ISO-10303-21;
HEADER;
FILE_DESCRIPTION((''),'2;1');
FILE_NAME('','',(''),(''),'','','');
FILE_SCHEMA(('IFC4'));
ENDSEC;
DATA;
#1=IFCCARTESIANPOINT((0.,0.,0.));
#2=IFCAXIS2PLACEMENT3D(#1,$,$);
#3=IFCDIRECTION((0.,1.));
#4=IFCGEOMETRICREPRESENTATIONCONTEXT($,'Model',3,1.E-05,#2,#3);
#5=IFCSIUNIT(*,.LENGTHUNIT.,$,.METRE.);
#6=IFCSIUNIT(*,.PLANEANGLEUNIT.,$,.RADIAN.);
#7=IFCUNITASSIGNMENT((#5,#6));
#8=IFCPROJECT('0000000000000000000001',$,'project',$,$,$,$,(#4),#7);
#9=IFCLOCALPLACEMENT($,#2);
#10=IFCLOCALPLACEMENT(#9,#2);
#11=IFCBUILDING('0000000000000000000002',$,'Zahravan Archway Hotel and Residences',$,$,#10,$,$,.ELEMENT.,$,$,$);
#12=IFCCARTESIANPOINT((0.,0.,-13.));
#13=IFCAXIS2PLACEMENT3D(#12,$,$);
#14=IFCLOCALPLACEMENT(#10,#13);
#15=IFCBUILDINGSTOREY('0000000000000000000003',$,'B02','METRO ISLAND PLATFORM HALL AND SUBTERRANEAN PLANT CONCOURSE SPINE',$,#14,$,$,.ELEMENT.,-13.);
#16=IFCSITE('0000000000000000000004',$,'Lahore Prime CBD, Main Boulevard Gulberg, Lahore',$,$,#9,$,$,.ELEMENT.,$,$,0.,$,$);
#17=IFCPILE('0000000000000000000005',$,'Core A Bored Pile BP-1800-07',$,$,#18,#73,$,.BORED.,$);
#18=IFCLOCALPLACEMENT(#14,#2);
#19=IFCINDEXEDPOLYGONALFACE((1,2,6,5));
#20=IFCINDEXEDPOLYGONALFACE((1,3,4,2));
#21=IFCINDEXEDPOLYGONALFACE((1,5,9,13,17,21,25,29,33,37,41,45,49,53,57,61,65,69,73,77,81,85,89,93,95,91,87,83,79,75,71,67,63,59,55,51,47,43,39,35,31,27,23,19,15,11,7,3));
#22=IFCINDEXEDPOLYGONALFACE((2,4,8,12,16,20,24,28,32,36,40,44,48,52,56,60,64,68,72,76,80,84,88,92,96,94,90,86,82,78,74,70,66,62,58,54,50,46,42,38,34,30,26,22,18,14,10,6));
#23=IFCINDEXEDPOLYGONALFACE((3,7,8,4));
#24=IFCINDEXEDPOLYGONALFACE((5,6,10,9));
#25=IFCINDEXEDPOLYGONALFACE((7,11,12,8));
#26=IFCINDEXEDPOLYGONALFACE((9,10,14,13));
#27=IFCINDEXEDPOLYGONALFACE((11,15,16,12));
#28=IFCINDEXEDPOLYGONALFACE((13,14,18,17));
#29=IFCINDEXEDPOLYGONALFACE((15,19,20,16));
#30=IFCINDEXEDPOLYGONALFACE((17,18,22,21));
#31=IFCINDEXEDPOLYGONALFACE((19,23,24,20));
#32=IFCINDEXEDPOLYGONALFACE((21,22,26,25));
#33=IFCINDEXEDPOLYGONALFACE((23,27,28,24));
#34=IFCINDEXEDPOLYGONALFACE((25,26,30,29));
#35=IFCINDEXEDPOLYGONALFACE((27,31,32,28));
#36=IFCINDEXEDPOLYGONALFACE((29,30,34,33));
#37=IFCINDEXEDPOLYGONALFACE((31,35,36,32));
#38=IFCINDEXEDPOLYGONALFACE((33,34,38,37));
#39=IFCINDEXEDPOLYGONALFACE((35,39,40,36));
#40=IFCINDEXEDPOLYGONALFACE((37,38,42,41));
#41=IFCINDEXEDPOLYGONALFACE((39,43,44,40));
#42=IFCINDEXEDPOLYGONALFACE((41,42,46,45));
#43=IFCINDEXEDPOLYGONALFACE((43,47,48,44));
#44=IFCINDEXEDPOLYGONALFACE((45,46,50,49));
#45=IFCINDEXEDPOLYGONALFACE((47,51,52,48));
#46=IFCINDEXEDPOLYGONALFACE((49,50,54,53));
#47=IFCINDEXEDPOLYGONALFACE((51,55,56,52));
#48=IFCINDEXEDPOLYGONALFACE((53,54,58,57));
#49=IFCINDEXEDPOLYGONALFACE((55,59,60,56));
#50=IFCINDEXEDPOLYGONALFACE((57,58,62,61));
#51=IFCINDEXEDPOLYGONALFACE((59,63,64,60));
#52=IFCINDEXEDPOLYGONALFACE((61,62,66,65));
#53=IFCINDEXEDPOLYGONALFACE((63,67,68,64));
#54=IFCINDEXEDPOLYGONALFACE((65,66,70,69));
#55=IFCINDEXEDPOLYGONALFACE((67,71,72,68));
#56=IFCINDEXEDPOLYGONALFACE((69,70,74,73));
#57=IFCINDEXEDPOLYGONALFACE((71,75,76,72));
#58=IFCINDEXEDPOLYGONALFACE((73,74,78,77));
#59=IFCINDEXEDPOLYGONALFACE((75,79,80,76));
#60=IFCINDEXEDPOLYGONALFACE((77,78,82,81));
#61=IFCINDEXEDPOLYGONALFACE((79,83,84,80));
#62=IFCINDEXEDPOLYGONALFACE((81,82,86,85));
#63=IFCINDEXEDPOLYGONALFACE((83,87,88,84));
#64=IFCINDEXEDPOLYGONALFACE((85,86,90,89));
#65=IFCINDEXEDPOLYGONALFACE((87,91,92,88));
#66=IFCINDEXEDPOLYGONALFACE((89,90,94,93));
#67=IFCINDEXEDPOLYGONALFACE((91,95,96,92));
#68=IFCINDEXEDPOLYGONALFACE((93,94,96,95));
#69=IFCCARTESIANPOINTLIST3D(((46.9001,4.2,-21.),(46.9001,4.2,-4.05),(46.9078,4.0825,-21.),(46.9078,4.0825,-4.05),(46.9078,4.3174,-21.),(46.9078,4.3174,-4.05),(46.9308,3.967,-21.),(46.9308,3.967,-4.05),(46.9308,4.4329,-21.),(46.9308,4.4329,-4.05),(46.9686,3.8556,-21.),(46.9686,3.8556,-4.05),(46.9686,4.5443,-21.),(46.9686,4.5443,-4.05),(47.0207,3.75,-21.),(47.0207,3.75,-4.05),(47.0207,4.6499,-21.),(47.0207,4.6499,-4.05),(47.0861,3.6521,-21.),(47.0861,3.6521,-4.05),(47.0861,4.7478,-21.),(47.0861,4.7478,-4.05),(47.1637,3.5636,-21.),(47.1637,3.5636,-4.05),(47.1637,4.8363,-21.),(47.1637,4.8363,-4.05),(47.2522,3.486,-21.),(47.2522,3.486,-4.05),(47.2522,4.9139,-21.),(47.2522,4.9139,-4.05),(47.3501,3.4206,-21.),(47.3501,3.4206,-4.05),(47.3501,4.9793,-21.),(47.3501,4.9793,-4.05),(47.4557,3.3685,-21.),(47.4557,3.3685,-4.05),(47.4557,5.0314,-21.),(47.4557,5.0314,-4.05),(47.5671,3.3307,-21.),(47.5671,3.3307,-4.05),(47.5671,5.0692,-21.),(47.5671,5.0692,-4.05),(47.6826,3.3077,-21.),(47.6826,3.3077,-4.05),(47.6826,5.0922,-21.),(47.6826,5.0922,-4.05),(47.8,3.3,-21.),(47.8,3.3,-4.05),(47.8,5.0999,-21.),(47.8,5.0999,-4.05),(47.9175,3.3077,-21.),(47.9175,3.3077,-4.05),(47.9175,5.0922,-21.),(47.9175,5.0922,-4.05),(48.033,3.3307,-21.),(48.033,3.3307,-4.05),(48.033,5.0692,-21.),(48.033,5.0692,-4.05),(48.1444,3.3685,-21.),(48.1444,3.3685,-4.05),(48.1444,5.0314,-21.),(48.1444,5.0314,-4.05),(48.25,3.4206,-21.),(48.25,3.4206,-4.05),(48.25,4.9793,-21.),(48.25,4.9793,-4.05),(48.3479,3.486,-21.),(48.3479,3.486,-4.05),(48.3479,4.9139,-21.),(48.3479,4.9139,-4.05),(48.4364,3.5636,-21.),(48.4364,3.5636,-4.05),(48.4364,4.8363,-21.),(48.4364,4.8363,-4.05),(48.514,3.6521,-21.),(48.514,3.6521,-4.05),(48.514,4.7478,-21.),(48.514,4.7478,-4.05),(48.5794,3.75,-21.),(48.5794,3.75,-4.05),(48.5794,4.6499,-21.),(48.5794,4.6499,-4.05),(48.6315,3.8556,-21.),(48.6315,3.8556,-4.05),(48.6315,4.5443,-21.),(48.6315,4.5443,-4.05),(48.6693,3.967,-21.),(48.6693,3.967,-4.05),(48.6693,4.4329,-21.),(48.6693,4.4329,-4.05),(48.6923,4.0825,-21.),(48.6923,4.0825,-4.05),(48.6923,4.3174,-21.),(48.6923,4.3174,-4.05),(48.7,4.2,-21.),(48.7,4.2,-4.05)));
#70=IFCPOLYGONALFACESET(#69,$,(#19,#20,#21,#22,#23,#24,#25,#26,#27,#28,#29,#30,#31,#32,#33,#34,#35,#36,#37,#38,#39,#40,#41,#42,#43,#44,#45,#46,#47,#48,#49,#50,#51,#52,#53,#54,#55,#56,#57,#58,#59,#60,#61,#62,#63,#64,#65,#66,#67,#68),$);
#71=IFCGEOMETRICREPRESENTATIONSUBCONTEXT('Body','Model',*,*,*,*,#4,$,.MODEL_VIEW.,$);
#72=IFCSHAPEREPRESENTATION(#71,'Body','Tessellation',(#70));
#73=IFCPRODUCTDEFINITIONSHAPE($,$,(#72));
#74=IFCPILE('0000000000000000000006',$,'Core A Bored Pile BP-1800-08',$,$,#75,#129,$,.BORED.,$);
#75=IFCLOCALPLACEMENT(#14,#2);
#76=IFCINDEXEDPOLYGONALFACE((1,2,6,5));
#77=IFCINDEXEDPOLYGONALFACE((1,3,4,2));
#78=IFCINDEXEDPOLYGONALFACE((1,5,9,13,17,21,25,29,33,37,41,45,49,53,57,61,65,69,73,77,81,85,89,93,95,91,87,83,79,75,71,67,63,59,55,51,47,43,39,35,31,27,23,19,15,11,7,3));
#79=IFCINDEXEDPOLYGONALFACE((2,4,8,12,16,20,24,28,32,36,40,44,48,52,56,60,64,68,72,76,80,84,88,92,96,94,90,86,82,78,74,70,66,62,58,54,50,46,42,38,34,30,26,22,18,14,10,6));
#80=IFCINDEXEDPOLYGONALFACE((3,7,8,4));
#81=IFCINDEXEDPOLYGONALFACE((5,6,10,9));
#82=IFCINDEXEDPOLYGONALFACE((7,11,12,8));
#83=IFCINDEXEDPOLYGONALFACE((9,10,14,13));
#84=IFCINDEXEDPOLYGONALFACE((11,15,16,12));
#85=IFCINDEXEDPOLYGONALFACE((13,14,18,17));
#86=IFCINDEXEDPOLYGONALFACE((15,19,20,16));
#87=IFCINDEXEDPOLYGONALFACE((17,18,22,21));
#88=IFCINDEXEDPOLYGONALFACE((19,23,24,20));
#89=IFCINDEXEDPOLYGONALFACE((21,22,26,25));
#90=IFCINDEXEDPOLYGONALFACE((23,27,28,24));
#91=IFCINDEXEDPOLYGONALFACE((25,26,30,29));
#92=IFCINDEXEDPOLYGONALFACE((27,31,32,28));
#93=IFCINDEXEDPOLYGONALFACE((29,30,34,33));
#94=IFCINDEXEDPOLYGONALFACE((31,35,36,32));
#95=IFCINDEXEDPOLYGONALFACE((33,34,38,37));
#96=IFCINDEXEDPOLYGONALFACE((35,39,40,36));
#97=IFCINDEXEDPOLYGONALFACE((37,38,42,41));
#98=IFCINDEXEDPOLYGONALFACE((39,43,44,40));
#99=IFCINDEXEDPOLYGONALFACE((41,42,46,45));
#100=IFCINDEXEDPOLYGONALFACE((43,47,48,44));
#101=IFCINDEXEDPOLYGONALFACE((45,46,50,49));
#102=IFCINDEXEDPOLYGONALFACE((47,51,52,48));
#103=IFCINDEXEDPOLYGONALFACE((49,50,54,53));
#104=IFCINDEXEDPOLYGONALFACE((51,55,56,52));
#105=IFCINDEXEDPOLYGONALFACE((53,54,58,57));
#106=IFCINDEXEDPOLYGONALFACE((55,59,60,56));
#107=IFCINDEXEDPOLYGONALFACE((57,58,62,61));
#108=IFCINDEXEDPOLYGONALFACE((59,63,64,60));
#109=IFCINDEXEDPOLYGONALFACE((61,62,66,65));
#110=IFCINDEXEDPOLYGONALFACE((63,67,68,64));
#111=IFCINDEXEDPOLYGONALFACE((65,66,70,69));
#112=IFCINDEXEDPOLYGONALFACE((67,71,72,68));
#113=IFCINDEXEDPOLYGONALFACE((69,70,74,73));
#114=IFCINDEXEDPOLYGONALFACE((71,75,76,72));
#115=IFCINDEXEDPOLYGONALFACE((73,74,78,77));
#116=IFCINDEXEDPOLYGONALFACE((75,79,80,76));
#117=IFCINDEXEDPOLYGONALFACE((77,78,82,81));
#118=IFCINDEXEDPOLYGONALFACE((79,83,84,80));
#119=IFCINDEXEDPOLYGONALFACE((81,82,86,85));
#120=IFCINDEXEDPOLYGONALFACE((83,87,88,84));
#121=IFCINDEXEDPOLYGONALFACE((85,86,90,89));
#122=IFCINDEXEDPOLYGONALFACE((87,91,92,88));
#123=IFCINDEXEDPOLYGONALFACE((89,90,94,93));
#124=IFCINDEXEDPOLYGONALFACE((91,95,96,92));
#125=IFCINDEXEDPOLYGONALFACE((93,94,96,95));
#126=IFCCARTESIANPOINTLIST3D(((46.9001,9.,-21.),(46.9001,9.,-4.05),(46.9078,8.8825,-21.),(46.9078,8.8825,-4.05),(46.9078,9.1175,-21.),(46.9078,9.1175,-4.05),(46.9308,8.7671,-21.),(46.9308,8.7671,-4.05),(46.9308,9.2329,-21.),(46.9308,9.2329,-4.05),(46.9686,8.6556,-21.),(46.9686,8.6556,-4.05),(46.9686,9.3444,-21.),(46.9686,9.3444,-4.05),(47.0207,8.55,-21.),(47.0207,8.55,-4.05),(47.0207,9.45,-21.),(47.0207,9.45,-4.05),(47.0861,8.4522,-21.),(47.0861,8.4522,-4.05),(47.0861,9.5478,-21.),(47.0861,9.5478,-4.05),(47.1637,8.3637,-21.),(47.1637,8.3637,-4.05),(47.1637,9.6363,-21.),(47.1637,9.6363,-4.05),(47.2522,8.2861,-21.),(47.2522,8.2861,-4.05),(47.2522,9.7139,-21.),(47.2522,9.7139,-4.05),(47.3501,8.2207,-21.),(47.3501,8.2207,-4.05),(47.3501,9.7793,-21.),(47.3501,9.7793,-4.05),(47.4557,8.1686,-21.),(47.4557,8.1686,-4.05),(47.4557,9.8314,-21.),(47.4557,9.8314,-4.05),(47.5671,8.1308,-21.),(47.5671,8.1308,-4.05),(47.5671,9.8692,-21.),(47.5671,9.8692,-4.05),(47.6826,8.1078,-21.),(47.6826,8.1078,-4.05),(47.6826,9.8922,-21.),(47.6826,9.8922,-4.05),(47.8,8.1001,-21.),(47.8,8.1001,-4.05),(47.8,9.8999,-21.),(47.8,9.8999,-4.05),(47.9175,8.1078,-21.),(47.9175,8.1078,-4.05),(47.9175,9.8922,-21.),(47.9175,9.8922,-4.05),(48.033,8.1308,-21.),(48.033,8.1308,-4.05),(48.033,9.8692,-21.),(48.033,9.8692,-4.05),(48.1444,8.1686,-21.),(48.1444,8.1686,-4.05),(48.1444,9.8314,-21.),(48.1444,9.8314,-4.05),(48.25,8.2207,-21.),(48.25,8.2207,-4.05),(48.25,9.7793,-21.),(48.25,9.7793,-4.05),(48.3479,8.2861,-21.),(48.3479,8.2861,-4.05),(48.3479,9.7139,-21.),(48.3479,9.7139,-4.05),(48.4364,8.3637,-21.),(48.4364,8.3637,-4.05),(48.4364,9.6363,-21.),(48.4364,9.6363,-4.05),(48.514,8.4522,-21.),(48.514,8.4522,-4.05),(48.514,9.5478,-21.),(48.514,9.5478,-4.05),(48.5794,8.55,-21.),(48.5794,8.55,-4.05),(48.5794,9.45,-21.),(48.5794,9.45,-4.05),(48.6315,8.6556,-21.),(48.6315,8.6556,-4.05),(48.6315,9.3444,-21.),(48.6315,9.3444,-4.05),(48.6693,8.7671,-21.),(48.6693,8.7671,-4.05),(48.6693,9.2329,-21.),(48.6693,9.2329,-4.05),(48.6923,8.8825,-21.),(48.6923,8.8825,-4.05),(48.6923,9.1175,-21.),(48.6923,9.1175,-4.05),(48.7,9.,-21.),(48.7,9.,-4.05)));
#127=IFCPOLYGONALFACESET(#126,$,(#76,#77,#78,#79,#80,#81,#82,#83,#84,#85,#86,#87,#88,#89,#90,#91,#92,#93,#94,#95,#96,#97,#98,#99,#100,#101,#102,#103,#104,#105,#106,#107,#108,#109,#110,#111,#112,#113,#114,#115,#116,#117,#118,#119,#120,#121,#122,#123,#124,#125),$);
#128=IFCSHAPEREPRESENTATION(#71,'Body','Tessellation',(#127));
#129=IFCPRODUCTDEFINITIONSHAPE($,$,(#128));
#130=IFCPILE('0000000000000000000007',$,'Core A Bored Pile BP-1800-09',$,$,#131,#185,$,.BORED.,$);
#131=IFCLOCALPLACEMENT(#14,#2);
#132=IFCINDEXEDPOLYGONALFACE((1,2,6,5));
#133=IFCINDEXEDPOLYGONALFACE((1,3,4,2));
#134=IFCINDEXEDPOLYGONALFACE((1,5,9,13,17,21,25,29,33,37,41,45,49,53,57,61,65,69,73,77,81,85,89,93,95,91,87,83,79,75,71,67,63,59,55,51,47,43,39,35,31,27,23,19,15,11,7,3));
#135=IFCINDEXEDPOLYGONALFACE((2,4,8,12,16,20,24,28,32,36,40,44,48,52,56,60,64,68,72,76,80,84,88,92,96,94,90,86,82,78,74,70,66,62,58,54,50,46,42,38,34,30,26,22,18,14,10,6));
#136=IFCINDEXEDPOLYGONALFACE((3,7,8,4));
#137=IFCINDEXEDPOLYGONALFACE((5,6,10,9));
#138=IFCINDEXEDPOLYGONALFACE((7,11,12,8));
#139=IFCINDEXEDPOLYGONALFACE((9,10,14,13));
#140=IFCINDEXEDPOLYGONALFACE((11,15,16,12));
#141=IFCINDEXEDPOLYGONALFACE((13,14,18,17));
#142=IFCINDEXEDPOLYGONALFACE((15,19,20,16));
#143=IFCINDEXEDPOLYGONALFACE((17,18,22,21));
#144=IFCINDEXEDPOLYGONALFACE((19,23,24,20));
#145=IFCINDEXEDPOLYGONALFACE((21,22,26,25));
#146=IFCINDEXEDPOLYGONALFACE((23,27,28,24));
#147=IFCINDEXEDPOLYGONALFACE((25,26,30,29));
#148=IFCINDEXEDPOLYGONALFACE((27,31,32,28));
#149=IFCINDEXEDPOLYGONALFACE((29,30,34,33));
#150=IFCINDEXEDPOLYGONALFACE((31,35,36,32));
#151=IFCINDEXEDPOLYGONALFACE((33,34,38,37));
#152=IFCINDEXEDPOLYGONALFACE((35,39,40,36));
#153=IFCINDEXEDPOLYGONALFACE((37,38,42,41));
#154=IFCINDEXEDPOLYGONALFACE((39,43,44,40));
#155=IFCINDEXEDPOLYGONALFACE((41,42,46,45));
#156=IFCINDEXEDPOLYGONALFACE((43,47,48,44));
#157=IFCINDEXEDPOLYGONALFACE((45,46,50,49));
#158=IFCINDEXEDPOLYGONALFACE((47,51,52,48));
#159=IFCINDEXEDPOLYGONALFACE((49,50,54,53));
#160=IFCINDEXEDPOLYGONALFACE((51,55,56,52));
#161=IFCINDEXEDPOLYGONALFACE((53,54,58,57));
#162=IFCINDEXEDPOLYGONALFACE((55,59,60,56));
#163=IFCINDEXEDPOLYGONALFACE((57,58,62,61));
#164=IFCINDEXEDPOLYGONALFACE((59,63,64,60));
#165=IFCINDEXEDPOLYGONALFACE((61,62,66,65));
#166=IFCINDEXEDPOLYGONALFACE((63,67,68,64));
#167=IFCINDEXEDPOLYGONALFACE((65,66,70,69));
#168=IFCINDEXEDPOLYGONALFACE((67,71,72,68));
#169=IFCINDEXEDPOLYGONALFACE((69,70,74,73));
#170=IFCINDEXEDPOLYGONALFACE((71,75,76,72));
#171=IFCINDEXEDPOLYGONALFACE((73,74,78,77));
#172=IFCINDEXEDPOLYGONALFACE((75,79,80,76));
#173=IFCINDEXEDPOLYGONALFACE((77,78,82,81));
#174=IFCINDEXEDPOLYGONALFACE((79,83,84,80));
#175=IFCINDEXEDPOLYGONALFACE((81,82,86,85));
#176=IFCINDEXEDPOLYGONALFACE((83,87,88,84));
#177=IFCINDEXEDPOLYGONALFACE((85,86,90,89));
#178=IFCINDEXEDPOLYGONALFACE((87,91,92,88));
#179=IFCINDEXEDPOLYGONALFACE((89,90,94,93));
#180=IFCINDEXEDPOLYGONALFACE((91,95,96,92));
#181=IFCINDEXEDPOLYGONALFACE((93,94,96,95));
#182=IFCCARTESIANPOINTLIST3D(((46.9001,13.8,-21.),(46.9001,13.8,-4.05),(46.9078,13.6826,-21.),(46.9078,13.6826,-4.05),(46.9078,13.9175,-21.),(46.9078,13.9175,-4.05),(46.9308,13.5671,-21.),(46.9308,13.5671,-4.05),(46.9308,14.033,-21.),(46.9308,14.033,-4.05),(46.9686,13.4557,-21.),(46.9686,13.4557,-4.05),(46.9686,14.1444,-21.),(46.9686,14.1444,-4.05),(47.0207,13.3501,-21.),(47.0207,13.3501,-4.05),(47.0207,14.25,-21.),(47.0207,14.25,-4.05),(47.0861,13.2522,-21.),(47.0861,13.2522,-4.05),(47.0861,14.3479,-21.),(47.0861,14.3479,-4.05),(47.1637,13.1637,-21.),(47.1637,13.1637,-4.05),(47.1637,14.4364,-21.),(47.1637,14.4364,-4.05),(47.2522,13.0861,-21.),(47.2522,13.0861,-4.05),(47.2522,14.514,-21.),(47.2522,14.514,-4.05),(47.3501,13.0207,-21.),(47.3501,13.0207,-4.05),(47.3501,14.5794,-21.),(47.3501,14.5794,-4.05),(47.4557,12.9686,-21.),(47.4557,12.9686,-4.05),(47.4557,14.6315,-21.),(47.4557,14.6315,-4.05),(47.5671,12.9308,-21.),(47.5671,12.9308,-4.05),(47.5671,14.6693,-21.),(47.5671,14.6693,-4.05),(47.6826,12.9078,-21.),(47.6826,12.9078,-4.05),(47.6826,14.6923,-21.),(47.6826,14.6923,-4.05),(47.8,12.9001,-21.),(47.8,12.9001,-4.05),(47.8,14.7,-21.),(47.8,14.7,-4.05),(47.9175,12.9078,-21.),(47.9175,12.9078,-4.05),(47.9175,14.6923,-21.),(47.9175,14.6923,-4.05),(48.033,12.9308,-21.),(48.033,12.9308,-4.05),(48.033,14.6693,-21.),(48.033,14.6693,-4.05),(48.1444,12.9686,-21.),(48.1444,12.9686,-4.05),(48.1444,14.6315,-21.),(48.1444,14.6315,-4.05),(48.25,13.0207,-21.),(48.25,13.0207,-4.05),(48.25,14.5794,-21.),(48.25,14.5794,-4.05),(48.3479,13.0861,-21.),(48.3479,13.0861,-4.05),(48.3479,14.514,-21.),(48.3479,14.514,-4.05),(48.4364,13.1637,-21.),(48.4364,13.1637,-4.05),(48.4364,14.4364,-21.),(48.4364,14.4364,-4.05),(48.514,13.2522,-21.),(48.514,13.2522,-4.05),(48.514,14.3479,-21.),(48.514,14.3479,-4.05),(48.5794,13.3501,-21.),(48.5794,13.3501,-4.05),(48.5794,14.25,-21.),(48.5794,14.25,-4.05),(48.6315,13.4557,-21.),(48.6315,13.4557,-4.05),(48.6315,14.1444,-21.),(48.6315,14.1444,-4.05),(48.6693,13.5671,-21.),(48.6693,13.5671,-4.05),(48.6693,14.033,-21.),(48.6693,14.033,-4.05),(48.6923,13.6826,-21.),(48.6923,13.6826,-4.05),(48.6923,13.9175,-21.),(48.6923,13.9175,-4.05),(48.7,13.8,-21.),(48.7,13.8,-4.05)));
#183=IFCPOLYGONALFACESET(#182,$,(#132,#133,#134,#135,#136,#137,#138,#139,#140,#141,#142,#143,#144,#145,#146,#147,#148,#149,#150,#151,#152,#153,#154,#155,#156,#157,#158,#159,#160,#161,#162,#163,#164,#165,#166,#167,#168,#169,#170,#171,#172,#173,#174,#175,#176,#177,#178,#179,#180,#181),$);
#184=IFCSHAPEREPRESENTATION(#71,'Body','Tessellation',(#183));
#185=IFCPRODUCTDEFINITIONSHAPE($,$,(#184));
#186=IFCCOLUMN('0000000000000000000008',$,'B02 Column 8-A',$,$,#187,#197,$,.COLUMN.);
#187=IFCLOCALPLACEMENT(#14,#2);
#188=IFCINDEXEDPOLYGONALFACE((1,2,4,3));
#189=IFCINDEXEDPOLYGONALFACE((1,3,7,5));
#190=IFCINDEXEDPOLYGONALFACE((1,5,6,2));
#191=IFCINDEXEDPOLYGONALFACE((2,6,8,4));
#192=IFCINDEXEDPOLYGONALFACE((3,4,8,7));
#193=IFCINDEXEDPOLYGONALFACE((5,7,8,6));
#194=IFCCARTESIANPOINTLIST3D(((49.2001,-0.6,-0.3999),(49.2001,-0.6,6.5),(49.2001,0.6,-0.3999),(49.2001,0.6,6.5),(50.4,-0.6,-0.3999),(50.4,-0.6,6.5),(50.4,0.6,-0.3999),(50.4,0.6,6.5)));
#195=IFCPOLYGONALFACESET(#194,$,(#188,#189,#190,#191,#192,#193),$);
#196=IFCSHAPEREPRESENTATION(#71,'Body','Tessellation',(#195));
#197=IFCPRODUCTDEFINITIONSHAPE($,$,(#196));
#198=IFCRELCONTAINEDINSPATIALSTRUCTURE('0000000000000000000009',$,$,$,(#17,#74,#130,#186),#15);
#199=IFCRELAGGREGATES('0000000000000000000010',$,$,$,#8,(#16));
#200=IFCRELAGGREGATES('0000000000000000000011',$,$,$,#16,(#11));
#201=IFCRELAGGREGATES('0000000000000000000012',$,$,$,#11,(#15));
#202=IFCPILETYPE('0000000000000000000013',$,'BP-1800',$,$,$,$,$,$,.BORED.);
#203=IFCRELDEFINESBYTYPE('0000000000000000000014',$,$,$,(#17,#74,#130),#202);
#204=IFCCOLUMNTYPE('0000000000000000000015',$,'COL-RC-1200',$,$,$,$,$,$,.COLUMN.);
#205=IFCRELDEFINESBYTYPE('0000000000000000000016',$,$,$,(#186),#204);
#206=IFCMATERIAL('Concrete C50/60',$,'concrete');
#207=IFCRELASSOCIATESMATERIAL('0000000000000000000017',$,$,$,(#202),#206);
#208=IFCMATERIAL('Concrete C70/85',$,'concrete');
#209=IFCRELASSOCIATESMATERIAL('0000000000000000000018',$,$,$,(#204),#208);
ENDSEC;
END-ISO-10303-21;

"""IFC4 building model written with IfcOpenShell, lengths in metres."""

from ifc_helpers import new_model, si_unit, direction, frame, origin, origin_2d, place, context, subcontext, project, spatial, rectangle, circle, extrude, source, transform, mapped, material, material_profile, profile_set, type_object, type_shapes, element, save


model = new_model("IFC4")

# Units and contexts
model_context = context("Model", 3, precision=1e-05, world=origin(), true_north=direction((0.0, 1.0)))
body_context = subcontext(model_context, "Body", "Model", "MODEL_VIEW")
ifc_project = project(units=[si_unit("LENGTHUNIT", "METRE"), si_unit("PLANEANGLEUNIT", "RADIAN")], contexts=[model_context])

# Site, building, storey
site_placement = place(None, origin())
site = spatial("IfcSite", under=ifc_project, at=site_placement, Name="Lahore Prime CBD, Main Boulevard Gulberg, Lahore", CompositionType="ELEMENT", RefElevation=0.0)
building_placement = place(site_placement, origin())
building = spatial("IfcBuilding", under=site, at=building_placement, Name="Zahravan Archway Hotel and Residences", CompositionType="ELEMENT")
storey_placement = place(building_placement, frame((0.0, 0.0, -13.0)))
storey = spatial("IfcBuildingStorey", under=building, at=storey_placement, Name="B02", Description="METRO ISLAND PLATFORM HALL AND SUBTERRANEAN PLANT CONCOURSE SPINE", CompositionType="ELEMENT", Elevation=-13.0)

# Piles
ifc_material_1 = material(Name="Concrete C50/60", Category="concrete")
ifc_material_profile_1 = material_profile(ifc_material_1, circle(Radius=0.8999, at=origin_2d()), Name="PILE D1800", Category="concrete")
ifc_profile_set_1 = profile_set([ifc_material_profile_1], Name="Concrete C50/60")
pile_type = type_object("IfcPileType", Name="BP-1800", PredefinedType="BORED", material=ifc_profile_set_1)
shared_shape_1 = source(origin(), body_context, "Body", "SweptSolid", [
    extrude(circle(Radius=0.8999, at=origin_2d()), origin(), (0.0, 0.0, 1.0), 16.95),
])
type_shapes(pile_type, [shared_shape_1])
for number, where, z_axis, x_axis, name in (
    (1, (47.8, 4.2, -4.05), (0.0, 0.0, -1.0), (1.0, 0.0, 0.0), "Core A Bored Pile BP-1800-07"),
    (2, (47.8, 9.0, -4.05), (0.0, 0.0, -1.0), (1.0, 0.0, 0.0), "Core A Bored Pile BP-1800-08"),
    (3, (47.8, 13.8, -4.05), (0.0, 0.0, -1.0), (1.0, 0.0, 0.0), "Core A Bored Pile BP-1800-09"),
):
    element("IfcPile", number, at=place(storey_placement, frame(where, z_axis=z_axis, x_axis=x_axis)), inside=storey, type_object=pile_type, Name=name, PredefinedType="BORED", context=body_context, shape_type="MappedRepresentation", body=[
        mapped(shared_shape_1, transform((0.0, 0.0, 0.0), scale=1.0)),
    ])

# Column
ifc_material_2 = material(Name="Concrete C70/85", Category="concrete")
ifc_material_profile_2 = material_profile(ifc_material_2, rectangle(XDim=1.2, YDim=1.2, at=origin_2d()), Name="RC-COL-1200x1200", Category="concrete")
ifc_profile_set_2 = profile_set([ifc_material_profile_2], Name="Concrete C70/85")
column_type_1 = type_object("IfcColumnType", Name="COL-RC-1200", PredefinedType="COLUMN", material=ifc_profile_set_2)
shared_shape_2 = source(origin(), body_context, "Body", "SweptSolid", [
    extrude(rectangle(XDim=1.2, YDim=1.2, at=origin_2d()), origin(), (0.0, 0.0, 1.0), 6.8999),
])
type_shapes(column_type_1, [shared_shape_2])
column_1_placement = place(storey_placement, frame((49.8, 0.0, -0.3999), z_axis=(0.0, 0.0, 1.0), x_axis=(1.0, 0.0, 0.0)))
element("IfcColumn", 4, at=column_1_placement, inside=storey, type_object=column_type_1, Name="B02 Column 8-A", PredefinedType="COLUMN", context=body_context, shape_type="MappedRepresentation", body=[
    mapped(shared_shape_2, transform((0.0, 0.0, 0.0), scale=1.0)),
])

save(model, "model.ifc")
